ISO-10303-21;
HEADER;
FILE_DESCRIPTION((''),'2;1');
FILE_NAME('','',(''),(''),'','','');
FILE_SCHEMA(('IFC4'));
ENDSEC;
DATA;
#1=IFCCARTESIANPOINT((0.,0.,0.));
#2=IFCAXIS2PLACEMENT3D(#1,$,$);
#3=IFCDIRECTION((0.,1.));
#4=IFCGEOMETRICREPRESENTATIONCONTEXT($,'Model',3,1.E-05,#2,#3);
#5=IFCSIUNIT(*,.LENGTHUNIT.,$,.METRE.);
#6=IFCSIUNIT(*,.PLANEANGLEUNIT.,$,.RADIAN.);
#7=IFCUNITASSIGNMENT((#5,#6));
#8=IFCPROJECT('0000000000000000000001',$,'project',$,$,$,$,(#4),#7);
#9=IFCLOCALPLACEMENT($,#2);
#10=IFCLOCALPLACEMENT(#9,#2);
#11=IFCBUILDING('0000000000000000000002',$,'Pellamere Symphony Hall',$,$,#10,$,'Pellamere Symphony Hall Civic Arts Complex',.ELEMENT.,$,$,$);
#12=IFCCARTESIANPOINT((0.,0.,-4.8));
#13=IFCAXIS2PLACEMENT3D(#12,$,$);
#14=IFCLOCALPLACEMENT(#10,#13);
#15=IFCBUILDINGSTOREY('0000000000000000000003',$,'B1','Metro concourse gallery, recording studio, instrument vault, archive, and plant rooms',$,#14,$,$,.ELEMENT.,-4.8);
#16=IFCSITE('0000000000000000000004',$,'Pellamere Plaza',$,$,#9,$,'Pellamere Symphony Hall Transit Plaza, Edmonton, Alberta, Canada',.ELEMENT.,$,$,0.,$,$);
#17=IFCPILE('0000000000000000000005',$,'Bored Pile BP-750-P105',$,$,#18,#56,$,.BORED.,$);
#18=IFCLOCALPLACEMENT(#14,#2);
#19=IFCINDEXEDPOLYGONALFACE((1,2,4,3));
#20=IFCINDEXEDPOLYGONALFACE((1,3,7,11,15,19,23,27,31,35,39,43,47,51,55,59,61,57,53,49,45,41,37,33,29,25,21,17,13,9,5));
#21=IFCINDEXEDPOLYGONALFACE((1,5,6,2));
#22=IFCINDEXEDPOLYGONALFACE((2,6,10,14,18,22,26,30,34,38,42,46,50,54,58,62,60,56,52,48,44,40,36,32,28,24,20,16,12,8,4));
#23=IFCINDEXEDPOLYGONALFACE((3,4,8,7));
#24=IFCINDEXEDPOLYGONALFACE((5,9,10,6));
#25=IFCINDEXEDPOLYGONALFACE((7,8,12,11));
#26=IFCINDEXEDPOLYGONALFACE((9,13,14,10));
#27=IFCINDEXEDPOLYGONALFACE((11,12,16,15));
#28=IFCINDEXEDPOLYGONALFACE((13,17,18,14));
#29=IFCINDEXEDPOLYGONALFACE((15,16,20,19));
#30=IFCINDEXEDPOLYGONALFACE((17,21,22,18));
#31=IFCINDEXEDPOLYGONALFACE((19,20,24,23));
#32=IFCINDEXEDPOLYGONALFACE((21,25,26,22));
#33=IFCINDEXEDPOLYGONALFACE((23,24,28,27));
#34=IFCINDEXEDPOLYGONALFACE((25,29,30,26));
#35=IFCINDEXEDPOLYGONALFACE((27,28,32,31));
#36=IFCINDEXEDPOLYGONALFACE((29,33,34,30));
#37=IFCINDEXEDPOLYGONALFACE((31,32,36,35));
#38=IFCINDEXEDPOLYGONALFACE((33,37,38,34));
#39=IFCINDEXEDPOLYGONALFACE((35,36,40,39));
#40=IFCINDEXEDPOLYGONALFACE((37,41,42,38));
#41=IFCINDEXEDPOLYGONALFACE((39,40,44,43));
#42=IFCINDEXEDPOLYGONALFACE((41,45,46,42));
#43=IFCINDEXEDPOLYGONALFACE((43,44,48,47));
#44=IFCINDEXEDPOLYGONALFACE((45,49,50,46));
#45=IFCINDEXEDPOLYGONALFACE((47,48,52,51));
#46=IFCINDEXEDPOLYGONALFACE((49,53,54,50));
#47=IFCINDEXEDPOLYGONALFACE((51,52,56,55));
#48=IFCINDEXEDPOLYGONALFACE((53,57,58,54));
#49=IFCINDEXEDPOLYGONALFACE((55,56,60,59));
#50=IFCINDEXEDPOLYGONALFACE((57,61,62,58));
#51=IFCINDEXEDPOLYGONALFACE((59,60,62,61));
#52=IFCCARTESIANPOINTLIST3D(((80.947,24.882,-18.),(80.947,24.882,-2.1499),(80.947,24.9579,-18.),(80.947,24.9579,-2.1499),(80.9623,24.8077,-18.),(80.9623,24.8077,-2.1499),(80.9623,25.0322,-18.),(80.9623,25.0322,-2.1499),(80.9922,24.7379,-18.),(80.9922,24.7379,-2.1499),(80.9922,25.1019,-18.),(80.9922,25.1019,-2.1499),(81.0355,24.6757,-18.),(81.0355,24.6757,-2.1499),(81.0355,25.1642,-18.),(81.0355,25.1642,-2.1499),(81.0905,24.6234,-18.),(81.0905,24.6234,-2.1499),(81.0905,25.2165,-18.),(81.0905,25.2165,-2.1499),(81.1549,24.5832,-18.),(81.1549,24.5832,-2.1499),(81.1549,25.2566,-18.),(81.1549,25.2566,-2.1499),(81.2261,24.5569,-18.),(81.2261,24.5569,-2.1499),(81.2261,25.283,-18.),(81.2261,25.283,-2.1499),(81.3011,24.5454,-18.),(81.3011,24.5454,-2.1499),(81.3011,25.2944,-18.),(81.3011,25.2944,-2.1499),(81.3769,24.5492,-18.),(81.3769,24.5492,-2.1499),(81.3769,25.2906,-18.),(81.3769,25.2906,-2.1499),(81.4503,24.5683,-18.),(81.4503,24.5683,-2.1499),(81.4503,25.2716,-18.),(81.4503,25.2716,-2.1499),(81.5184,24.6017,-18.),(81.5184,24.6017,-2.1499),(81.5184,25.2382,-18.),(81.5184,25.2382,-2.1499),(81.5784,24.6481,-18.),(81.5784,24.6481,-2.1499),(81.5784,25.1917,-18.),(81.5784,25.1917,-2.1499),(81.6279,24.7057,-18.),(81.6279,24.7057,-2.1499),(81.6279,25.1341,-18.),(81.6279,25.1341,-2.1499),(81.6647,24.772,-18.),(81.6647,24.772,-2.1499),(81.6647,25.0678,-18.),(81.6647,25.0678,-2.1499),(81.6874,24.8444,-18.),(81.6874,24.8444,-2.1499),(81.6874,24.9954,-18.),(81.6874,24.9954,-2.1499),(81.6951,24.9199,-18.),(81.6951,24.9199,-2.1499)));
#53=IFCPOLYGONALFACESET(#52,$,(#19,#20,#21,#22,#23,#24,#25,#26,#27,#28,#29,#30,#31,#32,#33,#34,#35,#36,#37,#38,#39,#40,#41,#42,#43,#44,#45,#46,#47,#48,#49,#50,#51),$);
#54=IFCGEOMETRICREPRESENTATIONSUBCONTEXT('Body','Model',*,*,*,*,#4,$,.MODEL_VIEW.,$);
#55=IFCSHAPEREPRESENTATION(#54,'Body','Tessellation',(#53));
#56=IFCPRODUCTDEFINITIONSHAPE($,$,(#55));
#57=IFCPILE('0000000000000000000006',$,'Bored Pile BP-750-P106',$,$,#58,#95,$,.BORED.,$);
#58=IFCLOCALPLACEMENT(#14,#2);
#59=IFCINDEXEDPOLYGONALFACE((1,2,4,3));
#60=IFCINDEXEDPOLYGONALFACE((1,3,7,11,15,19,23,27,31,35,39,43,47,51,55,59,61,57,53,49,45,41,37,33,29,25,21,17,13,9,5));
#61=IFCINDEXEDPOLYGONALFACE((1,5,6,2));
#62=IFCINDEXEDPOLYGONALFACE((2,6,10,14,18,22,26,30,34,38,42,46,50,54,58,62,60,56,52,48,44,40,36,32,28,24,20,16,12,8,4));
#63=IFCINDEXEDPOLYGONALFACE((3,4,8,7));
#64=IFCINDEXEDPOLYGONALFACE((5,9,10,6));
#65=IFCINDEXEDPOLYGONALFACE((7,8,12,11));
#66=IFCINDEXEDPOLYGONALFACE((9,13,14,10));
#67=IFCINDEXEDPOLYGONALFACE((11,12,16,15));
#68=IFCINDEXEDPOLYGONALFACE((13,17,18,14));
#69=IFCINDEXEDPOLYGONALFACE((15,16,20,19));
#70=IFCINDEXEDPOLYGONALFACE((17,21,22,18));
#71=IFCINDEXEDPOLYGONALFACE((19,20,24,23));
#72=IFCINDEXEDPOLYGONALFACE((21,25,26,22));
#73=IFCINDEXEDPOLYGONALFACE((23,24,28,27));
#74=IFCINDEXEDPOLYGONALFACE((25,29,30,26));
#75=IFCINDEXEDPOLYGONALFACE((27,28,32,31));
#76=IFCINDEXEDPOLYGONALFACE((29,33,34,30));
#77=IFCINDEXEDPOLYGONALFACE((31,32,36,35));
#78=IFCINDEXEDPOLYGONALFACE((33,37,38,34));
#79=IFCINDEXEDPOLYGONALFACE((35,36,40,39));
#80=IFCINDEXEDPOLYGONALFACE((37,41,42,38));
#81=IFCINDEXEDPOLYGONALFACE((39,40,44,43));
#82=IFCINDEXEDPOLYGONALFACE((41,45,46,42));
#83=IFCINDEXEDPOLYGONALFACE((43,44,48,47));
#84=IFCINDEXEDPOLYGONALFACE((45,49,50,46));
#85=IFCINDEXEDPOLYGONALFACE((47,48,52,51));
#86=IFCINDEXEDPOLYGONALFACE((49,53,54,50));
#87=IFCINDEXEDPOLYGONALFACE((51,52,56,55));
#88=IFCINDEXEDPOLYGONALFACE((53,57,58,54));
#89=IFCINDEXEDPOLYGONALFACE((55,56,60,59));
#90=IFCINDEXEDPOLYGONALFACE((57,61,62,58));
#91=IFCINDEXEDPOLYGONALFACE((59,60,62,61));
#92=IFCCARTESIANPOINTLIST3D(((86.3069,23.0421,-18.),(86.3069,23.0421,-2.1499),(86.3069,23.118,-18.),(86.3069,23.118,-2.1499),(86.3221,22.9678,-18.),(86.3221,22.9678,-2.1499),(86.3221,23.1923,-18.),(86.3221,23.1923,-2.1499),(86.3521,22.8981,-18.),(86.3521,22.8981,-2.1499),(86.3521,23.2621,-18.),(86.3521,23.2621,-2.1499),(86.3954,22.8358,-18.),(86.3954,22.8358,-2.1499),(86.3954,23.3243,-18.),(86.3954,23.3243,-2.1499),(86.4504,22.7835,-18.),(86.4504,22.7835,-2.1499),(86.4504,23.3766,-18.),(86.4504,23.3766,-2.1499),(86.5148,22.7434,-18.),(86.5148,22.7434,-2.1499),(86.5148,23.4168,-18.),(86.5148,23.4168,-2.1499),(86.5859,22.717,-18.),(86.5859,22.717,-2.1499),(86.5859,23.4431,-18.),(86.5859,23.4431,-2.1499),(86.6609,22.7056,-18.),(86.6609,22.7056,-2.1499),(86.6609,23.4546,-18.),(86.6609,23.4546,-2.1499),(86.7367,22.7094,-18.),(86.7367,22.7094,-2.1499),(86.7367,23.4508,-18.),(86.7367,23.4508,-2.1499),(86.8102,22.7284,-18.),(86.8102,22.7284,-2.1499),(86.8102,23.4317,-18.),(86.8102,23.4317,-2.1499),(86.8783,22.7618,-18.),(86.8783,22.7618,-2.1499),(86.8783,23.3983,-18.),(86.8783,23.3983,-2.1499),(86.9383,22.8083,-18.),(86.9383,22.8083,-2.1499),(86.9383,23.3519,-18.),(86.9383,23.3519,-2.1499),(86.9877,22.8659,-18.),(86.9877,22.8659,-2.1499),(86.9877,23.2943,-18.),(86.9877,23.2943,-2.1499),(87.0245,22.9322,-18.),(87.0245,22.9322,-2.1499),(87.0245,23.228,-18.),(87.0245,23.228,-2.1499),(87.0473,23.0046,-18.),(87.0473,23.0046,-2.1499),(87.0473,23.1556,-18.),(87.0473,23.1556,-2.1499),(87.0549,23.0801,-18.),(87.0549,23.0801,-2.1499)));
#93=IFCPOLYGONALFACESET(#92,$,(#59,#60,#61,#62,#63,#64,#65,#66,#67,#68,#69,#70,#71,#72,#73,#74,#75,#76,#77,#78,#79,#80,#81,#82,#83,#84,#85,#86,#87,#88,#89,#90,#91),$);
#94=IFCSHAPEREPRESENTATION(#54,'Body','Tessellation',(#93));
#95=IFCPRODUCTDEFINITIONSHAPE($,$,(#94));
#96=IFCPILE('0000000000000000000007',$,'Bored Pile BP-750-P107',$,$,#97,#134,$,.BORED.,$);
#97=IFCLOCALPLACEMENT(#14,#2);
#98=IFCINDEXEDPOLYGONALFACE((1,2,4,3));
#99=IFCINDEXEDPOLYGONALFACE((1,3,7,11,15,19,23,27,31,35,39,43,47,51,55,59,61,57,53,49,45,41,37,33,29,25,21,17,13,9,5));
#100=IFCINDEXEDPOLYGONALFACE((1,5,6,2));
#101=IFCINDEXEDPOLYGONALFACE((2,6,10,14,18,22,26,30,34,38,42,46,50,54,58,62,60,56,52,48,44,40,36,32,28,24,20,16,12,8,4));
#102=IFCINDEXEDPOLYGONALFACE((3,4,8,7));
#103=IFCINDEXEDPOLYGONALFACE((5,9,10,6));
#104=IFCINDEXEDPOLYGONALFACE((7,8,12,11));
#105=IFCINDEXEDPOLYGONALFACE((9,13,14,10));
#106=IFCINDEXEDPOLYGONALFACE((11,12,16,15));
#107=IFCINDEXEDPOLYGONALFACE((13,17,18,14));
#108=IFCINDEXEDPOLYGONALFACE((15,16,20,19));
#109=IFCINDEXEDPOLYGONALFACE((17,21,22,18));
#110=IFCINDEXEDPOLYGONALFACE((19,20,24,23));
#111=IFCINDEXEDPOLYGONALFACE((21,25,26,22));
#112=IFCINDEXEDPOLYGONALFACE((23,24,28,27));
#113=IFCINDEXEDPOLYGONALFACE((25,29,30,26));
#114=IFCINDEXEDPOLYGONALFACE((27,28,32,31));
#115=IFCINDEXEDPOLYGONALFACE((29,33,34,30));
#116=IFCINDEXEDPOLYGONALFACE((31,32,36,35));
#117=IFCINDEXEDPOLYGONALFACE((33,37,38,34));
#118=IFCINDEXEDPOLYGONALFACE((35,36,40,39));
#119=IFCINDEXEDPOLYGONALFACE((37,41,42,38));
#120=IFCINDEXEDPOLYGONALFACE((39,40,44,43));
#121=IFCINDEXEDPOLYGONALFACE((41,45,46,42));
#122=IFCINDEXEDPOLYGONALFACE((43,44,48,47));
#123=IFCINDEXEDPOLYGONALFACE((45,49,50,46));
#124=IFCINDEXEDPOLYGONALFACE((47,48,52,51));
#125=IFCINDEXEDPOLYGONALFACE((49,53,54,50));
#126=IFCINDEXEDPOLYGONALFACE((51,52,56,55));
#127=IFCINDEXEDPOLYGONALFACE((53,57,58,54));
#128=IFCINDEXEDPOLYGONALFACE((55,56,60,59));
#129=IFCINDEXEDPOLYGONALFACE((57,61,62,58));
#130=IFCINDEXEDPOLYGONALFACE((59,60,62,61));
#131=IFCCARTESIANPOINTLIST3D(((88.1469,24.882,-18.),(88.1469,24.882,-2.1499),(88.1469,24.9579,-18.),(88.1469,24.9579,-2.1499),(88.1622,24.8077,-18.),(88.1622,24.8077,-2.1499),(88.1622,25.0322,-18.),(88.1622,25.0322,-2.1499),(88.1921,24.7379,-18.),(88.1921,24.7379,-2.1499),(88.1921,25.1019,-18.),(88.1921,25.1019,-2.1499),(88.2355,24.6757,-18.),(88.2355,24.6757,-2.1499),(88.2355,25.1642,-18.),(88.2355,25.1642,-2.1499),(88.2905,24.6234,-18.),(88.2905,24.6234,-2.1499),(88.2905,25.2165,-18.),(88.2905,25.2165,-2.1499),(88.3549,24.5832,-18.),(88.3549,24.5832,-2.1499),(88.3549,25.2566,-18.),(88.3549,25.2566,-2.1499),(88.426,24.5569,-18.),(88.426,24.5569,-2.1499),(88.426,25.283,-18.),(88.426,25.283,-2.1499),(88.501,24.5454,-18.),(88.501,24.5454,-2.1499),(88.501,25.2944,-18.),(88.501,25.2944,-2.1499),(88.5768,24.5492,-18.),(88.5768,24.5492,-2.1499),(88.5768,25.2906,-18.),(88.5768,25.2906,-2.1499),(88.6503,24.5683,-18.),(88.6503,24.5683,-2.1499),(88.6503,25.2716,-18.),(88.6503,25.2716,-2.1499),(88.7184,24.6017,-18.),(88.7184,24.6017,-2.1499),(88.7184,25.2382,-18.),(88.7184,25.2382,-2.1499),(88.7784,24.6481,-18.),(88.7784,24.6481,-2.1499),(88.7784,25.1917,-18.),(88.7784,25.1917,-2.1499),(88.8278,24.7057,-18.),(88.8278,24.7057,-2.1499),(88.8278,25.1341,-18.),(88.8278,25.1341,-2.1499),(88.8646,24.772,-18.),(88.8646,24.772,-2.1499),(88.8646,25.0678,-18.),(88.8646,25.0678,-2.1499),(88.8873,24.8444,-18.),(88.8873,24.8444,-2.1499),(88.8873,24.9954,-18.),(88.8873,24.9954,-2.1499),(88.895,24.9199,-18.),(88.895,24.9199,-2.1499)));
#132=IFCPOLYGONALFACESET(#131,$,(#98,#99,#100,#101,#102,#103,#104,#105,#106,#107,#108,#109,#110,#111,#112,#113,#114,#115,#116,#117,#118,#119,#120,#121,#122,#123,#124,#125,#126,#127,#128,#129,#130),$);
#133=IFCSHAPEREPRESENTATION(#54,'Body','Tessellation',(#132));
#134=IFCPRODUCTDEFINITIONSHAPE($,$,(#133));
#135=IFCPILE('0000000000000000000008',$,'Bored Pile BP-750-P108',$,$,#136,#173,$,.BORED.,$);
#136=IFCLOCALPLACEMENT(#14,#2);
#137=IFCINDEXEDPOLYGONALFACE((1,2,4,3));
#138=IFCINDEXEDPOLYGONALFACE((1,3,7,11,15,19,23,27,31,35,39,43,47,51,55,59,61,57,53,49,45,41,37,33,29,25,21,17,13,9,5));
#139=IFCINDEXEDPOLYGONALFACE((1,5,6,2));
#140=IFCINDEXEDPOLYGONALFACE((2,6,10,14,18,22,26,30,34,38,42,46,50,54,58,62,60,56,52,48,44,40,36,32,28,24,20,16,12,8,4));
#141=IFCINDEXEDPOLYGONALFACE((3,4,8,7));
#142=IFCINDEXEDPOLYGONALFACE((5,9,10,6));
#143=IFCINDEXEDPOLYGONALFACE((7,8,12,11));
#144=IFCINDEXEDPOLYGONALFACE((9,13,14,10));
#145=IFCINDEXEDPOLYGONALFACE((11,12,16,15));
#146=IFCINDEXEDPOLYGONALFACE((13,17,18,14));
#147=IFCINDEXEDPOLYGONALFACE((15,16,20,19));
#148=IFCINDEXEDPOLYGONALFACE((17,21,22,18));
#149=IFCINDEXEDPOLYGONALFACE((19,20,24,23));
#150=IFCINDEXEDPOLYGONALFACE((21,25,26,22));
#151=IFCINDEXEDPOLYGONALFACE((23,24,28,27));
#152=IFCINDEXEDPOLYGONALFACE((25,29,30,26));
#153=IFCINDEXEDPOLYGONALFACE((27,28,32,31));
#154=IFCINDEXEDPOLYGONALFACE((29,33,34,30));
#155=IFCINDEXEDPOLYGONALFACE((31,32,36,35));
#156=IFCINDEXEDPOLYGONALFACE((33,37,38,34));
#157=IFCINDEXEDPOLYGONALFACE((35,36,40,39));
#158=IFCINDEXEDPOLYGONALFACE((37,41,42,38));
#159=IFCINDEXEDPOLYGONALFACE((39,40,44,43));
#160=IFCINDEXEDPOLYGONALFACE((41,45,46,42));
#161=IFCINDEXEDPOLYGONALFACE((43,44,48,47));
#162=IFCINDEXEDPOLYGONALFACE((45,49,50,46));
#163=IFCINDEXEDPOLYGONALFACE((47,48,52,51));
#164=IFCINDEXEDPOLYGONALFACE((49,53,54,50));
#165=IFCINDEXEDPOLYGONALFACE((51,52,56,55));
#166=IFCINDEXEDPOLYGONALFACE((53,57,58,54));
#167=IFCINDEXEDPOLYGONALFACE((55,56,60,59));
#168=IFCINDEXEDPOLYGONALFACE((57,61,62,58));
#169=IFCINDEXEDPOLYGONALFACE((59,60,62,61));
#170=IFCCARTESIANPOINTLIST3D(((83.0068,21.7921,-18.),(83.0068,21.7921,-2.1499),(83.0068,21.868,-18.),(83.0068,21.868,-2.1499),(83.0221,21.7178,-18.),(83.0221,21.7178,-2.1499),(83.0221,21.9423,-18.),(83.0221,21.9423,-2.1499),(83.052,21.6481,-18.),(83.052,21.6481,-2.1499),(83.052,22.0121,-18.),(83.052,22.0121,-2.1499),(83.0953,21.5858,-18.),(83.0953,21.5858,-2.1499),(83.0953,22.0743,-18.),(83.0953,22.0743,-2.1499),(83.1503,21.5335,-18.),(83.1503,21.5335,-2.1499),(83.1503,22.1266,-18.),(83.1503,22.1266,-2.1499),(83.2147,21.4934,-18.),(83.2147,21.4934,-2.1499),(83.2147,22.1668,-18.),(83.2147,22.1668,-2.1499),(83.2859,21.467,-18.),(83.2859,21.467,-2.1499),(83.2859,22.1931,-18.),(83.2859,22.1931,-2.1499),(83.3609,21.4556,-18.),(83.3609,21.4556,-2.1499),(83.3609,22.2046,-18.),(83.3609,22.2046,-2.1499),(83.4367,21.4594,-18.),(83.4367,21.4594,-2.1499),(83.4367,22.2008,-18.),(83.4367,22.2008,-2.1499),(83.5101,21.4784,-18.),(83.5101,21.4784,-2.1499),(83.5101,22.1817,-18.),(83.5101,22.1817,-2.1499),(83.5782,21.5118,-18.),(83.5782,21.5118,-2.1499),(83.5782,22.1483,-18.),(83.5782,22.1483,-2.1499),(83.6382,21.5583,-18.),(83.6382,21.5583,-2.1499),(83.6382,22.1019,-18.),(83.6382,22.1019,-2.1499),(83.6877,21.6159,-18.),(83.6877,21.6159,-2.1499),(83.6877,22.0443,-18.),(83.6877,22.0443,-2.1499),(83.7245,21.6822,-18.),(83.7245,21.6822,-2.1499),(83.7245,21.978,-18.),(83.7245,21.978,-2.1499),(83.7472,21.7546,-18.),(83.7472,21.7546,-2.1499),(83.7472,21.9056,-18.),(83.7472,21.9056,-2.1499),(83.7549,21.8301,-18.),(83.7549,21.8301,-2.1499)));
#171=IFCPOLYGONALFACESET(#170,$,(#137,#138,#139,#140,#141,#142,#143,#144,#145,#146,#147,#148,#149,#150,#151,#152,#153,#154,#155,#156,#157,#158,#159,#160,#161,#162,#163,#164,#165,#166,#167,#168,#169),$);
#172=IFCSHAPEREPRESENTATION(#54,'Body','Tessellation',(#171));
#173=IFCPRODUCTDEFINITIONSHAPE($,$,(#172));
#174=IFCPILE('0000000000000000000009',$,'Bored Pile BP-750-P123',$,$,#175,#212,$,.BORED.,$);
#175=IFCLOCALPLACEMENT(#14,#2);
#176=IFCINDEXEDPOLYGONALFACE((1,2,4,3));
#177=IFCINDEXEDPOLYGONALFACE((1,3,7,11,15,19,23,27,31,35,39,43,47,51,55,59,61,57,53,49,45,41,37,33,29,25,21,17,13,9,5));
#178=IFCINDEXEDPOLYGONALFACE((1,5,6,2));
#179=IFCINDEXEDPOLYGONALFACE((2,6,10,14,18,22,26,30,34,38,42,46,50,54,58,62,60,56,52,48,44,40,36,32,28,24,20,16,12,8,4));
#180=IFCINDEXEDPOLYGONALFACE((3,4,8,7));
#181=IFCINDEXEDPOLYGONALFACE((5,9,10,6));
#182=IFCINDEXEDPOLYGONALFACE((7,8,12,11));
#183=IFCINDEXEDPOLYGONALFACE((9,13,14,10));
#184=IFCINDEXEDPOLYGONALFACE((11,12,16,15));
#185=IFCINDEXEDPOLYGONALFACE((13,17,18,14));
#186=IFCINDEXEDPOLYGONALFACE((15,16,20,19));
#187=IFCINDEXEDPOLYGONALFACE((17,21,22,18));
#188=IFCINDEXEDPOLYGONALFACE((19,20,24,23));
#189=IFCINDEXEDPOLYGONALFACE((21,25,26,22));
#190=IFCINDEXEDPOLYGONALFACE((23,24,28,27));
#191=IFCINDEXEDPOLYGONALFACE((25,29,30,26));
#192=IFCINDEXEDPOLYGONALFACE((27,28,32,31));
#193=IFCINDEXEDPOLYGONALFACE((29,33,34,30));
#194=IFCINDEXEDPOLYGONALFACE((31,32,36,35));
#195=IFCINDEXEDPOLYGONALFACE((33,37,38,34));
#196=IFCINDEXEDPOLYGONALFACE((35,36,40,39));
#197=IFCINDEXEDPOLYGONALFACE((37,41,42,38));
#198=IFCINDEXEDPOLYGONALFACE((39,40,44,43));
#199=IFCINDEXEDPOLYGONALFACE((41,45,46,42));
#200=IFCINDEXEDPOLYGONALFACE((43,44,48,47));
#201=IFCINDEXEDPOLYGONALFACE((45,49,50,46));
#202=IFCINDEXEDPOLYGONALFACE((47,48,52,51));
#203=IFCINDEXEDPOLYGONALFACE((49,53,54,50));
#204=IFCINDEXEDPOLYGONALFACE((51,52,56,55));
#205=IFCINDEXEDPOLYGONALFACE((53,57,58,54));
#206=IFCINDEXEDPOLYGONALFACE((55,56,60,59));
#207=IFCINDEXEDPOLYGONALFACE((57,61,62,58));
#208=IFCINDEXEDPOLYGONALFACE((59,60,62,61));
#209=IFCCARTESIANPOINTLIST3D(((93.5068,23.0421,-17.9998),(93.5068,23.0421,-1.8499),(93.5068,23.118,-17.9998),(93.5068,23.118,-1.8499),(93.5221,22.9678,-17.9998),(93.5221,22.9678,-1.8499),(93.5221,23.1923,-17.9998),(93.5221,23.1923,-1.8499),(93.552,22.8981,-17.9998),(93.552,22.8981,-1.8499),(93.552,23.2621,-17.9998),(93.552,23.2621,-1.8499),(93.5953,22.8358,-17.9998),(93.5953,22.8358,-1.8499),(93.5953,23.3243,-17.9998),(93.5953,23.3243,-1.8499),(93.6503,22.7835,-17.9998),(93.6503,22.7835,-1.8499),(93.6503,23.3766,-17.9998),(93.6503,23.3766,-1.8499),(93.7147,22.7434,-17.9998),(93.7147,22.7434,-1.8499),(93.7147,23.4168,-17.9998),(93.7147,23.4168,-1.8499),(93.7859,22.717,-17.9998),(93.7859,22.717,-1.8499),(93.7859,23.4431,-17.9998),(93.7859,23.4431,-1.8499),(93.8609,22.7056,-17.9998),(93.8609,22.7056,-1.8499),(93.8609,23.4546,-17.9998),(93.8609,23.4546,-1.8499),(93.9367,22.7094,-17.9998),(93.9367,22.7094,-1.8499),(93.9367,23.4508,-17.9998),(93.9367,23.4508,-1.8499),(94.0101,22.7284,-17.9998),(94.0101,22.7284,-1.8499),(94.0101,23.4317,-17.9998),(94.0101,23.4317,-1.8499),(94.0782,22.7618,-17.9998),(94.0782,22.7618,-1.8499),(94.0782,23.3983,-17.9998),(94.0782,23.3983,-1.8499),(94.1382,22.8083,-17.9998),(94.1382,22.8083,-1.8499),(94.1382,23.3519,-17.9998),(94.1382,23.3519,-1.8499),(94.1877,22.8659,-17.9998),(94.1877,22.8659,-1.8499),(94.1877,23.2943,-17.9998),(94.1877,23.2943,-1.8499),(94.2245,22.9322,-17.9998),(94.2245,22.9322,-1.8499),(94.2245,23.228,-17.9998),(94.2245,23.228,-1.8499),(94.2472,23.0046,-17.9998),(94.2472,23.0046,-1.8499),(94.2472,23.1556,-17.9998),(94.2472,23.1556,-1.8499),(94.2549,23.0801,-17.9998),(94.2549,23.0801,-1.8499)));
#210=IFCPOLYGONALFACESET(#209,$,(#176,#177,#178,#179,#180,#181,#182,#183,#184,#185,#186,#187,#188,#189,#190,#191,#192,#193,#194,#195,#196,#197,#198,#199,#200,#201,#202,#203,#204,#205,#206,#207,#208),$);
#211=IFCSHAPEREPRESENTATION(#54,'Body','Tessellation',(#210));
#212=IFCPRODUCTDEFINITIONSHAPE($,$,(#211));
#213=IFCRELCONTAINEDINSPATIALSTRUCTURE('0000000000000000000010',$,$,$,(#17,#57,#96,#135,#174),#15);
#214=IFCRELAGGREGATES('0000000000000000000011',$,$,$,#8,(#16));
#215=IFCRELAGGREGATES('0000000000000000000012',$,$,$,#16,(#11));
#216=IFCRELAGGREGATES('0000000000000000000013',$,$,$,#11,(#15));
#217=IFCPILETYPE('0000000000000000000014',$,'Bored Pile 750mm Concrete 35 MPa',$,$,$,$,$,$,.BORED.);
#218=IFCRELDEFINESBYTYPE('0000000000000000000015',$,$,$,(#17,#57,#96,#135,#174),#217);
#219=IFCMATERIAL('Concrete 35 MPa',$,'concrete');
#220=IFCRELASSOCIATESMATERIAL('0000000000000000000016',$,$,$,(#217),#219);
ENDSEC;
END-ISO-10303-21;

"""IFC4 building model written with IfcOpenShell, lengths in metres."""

from ifc_helpers import new_model, si_unit, direction, frame, origin, origin_2d, place, context, subcontext, project, spatial, circle, extrude, material, material_profile, profile_set, type_object, element, save


model = new_model("IFC4")

# Units and contexts
model_context = context("Model", 3, precision=1e-05, world=origin(), true_north=direction((0.0, 1.0)))
body_context = subcontext(model_context, "Body", "Model", "MODEL_VIEW")
ifc_project = project(units=[si_unit("LENGTHUNIT", "METRE"), si_unit("PLANEANGLEUNIT", "RADIAN")], contexts=[model_context])

# Site, building, storey
site_placement = place(None, origin())
site = spatial("IfcSite", under=ifc_project, at=site_placement, Name="Pellamere Plaza", LongName="Pellamere Symphony Hall Transit Plaza, Edmonton, Alberta, Canada", CompositionType="ELEMENT", RefElevation=0.0)
building_placement = place(site_placement, origin())
building = spatial("IfcBuilding", under=site, at=building_placement, Name="Pellamere Symphony Hall", LongName="Pellamere Symphony Hall Civic Arts Complex", CompositionType="ELEMENT")
storey_placement = place(building_placement, frame((0.0, 0.0, -4.8)))
storey = spatial("IfcBuildingStorey", under=building, at=storey_placement, Name="B1", Description="Metro concourse gallery, recording studio, instrument vault, archive, and plant rooms", CompositionType="ELEMENT", Elevation=-4.8)

# Piles
ifc_material_1 = material(Name="Concrete 35 MPa", Category="concrete")
ifc_material_profile_1 = material_profile(ifc_material_1, circle(Radius=0.375, at=origin_2d()), Name="PILE D750")
ifc_profile_set_1 = profile_set([ifc_material_profile_1], Name="Concrete 35 MPa")
pile_type = type_object("IfcPileType", Name="Bored Pile 750mm Concrete 35 MPa", PredefinedType="BORED", material=ifc_profile_set_1)
for number, where, z_axis, x_axis, name in (
    (1, (81.3201, 24.9199, -2.1499), (0.0, 0.0, -1.0), (1.0, 0.0, 0.0), "Bored Pile BP-750-P105"),
    (2, (86.6799, 23.0801, -2.1499), (0.0, 0.0, -1.0), (1.0, 0.0, 0.0), "Bored Pile BP-750-P106"),
    (3, (88.52, 24.9199, -2.1499), (0.0, 0.0, -1.0), (1.0, 0.0, 0.0), "Bored Pile BP-750-P107"),
    (4, (83.3799, 21.8301, -2.1499), (0.0, 0.0, -1.0), (1.0, 0.0, 0.0), "Bored Pile BP-750-P108"),
):
    element("IfcPile", number, at=place(storey_placement, frame(where, z_axis=z_axis, x_axis=x_axis)), inside=storey, type_object=pile_type, Name=name, PredefinedType="BORED", context=body_context, shape_type="SweptSolid", body=[
        extrude(circle(Radius=0.375, at=origin_2d()), origin(), (0.0, 0.0, 1.0), 15.8501),
    ])
for number, where, z_axis, x_axis, name in (
    (5, (93.8799, 23.0801, -1.8499), (0.0, 0.0, -1.0), (1.0, 0.0, 0.0), "Bored Pile BP-750-P123"),
):
    element("IfcPile", number, at=place(storey_placement, frame(where, z_axis=z_axis, x_axis=x_axis)), inside=storey, type_object=pile_type, Name=name, PredefinedType="BORED", context=body_context, shape_type="SweptSolid", body=[
        extrude(circle(Radius=0.375, at=origin_2d()), origin(), (0.0, 0.0, 1.0), 16.1499),
    ])

save(model, "model.ifc")
